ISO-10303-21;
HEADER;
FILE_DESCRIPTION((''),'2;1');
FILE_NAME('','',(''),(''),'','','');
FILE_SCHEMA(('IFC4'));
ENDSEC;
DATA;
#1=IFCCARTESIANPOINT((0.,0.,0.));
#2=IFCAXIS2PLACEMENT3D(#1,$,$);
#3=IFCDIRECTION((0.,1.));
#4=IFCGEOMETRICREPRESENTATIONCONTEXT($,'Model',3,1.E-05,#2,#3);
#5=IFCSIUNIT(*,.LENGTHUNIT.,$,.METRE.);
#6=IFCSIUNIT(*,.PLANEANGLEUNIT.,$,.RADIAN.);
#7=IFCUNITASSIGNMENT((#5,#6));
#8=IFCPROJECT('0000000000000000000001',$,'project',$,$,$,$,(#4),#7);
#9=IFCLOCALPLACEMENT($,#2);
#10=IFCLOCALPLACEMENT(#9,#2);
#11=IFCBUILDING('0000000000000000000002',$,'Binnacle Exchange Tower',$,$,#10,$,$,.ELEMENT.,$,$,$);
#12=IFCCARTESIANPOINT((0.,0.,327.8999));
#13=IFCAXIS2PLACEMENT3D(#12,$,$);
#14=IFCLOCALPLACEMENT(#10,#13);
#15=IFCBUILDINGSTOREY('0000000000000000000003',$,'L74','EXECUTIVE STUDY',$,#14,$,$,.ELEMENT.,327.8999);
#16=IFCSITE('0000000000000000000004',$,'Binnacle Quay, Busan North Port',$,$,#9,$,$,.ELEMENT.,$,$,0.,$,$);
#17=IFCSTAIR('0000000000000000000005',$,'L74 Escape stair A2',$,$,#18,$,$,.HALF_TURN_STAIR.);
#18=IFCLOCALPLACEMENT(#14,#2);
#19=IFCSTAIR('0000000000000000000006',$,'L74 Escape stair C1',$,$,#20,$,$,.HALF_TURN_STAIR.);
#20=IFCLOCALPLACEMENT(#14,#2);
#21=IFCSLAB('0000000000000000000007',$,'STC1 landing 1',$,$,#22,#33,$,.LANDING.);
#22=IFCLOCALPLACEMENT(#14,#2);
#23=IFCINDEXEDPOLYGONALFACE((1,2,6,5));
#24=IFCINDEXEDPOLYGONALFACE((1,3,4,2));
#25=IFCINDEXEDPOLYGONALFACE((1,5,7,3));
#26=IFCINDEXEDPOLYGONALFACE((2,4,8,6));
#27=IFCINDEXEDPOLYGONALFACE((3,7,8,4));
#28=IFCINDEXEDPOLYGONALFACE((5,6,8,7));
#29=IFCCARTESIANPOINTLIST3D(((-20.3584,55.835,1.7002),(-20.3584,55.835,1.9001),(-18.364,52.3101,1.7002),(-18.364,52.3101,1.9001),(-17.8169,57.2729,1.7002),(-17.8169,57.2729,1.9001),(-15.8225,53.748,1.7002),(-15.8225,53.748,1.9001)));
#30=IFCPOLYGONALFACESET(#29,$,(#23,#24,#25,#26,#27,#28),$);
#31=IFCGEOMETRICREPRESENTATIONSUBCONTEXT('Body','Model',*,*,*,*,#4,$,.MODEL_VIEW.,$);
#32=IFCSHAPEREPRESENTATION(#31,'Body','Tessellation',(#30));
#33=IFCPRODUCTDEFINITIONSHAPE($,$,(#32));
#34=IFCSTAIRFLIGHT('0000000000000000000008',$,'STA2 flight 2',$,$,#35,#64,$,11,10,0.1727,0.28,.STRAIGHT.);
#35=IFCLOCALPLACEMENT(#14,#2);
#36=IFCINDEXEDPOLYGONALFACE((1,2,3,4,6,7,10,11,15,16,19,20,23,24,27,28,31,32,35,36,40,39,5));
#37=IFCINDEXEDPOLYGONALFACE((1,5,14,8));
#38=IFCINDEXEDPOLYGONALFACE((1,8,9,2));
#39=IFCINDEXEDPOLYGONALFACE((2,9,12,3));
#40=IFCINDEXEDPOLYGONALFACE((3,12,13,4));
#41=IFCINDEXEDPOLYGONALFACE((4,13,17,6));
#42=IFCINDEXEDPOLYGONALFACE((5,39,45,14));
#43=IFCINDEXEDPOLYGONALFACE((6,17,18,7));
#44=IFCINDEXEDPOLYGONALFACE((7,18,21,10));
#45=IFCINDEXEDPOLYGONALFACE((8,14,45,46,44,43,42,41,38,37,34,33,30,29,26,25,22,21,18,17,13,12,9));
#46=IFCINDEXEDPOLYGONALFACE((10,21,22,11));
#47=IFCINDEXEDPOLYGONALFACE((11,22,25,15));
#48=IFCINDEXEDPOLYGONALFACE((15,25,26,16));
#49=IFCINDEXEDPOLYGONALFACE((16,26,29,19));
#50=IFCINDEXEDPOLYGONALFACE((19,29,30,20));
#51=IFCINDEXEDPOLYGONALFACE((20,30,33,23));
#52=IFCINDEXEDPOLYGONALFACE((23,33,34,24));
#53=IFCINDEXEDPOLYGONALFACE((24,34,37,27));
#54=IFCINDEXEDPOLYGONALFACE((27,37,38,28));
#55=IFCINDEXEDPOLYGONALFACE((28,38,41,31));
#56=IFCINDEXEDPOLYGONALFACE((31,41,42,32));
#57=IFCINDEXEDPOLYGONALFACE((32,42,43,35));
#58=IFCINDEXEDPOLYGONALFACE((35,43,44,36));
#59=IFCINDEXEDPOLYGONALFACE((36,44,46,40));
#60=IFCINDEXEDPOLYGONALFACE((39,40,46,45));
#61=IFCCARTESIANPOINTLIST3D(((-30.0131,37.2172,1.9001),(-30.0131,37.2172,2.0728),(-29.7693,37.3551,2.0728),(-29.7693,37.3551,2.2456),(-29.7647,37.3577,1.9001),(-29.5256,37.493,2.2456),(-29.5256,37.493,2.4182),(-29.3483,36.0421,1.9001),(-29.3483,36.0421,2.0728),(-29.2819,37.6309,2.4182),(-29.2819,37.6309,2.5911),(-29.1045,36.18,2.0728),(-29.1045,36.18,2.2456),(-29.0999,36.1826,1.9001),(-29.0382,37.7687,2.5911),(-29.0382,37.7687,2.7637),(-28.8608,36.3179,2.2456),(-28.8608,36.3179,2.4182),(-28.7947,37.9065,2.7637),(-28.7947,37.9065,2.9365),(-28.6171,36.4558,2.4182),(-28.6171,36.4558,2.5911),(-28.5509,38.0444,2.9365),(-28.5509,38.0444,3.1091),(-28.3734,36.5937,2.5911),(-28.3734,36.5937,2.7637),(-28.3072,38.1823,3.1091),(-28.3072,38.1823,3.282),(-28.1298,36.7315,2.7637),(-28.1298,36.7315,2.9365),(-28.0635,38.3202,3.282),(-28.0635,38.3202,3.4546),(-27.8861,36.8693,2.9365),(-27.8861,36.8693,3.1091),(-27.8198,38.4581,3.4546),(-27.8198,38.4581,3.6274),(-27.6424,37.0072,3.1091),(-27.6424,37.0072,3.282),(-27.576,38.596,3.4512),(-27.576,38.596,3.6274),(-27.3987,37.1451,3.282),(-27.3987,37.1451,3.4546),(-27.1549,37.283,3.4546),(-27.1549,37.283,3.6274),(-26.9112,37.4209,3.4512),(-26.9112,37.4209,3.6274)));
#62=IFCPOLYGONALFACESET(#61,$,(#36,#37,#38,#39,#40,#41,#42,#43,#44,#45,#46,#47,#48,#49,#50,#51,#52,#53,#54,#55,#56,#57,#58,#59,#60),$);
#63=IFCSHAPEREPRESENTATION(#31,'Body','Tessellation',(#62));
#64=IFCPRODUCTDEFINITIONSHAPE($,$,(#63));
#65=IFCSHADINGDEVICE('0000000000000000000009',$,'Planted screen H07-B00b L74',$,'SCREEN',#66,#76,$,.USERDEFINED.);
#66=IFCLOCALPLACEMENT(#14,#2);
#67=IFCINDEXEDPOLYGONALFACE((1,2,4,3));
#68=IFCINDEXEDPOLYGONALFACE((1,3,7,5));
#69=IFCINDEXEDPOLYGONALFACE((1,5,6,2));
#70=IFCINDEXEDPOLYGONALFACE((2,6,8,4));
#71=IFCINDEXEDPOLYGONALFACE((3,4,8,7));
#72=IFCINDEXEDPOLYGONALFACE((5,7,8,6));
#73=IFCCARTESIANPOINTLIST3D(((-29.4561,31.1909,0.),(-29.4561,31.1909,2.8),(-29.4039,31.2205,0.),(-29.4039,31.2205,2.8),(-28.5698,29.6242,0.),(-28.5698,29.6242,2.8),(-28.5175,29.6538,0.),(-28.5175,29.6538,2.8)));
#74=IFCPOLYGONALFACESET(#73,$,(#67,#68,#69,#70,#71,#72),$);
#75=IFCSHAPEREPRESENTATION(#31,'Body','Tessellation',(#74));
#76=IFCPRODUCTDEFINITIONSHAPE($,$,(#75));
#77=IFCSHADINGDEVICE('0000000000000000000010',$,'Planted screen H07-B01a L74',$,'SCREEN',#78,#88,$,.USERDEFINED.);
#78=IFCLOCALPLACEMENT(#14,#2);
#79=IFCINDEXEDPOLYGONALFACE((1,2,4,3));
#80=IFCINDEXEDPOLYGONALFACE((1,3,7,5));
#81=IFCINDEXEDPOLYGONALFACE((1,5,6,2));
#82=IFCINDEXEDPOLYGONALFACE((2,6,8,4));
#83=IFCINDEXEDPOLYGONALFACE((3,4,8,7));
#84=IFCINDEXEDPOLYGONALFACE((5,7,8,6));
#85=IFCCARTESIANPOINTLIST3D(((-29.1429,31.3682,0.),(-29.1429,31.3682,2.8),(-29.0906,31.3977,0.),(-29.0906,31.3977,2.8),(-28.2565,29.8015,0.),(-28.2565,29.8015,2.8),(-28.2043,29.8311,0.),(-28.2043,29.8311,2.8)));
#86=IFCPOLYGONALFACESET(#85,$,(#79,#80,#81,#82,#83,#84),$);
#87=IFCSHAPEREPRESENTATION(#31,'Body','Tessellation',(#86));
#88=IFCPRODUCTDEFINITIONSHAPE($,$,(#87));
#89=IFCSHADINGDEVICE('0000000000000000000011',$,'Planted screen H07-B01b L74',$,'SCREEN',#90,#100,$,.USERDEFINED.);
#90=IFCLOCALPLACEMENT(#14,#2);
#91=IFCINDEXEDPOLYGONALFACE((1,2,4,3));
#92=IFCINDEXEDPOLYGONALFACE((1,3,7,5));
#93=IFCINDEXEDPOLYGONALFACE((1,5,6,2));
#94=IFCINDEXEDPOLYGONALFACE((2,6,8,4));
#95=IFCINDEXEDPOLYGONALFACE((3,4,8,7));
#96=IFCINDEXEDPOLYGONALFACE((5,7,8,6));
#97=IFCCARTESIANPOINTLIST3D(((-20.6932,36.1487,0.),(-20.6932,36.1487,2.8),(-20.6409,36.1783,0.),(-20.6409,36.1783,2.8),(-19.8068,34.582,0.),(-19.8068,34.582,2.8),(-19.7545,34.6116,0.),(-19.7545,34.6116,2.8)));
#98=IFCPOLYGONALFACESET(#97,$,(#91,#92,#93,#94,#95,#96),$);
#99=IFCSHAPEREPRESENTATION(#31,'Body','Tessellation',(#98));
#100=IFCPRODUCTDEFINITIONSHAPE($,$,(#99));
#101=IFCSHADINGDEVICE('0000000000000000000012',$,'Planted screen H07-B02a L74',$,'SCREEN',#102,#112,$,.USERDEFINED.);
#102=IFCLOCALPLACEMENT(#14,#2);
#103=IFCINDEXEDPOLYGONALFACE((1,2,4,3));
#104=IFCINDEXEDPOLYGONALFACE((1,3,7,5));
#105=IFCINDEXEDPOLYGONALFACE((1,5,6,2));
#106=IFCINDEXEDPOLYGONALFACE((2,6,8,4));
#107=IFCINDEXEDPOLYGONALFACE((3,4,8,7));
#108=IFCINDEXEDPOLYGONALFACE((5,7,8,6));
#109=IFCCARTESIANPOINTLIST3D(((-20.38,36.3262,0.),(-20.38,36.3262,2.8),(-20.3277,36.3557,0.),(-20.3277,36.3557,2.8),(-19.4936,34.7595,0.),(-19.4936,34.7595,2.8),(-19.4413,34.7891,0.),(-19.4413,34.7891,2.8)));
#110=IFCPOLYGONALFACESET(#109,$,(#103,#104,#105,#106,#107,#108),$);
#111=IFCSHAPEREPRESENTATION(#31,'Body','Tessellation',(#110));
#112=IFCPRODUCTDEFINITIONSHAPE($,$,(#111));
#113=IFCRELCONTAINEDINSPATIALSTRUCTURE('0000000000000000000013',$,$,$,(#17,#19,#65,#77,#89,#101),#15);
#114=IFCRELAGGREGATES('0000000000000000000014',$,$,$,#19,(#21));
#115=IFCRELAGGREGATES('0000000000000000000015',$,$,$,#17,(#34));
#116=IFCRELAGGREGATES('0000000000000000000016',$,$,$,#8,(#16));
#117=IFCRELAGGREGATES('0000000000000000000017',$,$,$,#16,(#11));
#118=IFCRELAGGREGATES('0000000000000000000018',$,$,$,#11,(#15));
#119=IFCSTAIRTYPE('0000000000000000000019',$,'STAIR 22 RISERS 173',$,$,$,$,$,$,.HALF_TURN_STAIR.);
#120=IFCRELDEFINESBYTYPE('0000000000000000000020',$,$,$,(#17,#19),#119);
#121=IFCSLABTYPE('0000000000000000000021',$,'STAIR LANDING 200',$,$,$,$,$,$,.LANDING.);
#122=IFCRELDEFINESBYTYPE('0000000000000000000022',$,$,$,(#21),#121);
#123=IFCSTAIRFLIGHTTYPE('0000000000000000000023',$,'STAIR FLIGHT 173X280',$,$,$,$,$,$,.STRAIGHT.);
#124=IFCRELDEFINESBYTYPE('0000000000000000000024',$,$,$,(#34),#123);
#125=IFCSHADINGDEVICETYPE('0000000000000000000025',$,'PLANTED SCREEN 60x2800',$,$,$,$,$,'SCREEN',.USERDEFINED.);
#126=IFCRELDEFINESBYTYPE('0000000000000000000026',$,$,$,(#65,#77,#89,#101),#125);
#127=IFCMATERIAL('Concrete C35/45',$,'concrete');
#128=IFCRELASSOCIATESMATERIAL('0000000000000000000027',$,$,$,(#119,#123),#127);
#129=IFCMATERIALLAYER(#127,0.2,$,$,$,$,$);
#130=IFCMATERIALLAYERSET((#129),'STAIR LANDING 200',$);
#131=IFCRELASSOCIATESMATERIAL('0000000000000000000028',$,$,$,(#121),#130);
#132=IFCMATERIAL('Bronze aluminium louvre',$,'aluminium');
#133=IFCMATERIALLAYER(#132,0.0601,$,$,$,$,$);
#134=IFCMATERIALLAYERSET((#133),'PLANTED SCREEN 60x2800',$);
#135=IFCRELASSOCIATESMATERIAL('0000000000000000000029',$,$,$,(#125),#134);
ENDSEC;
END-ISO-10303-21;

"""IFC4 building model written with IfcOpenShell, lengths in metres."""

from ifc_helpers import new_model, si_unit, direction, frame, origin, origin_2d, place, context, subcontext, project, spatial, polyline, rectangle, outline, extrude, material, layer, layer_set, type_object, element, aggregate, save


model = new_model("IFC4")

# Units and contexts
model_context = context("Model", 3, precision=1e-05, world=origin(), true_north=direction((0.0, 1.0)))
body_context = subcontext(model_context, "Body", "Model", "MODEL_VIEW")
ifc_project = project(units=[si_unit("LENGTHUNIT", "METRE"), si_unit("PLANEANGLEUNIT", "RADIAN")], contexts=[model_context])

# Site, building, storey
site_placement = place(None, origin())
site = spatial("IfcSite", under=ifc_project, at=site_placement, Name="Binnacle Quay, Busan North Port", CompositionType="ELEMENT", RefElevation=0.0)
building_placement = place(site_placement, origin())
building = spatial("IfcBuilding", under=site, at=building_placement, Name="Binnacle Exchange Tower", CompositionType="ELEMENT")
storey_placement = place(building_placement, frame((0.0, 0.0, 327.8999)))
storey = spatial("IfcBuildingStorey", under=building, at=storey_placement, Name="L74", Description="EXECUTIVE STUDY", CompositionType="ELEMENT", Elevation=327.8999)

# Shared definitions
ifc_material_1 = material(Name="Concrete C35/45", Category="concrete")

# Stairs, slab
stair_type = type_object("IfcStairType", Name="STAIR 22 RISERS 173", PredefinedType="HALF_TURN_STAIR", material=ifc_material_1)
ifc_layer_1 = layer(ifc_material_1, 0.2)
ifc_layer_set_1 = layer_set([ifc_layer_1], Name="STAIR LANDING 200")
slab_type_1 = type_object("IfcSlabType", Name="STAIR LANDING 200", PredefinedType="LANDING", material=ifc_layer_set_1)
stair_1_placement = place(storey_placement, origin())
stair_1 = element("IfcStair", 1, at=stair_1_placement, inside=storey, type_object=stair_type, Name="L74 Escape stair A2", PredefinedType="HALF_TURN_STAIR")
stair_2_placement = place(storey_placement, origin())
stair_2 = element("IfcStair", 2, at=stair_2_placement, inside=storey, type_object=stair_type, Name="L74 Escape stair C1", PredefinedType="HALF_TURN_STAIR")
slab_1_placement = place(storey_placement, frame((0.0, 0.0, 1.7002)))
slab_1 = element("IfcSlab", 3, at=slab_1_placement, type_object=slab_type_1, Name="STC1 landing 1", PredefinedType="LANDING", context=body_context, shape_type="SweptSolid", body=[
    extrude(outline(polyline([(-18.364, 52.3101), (-15.8225, 53.748), (-17.8169, 57.2729), (-20.3584, 55.835), (-18.364, 52.3101)])), origin(), (0.0, 0.0, 1.0), 0.2),
])
aggregate(stair_2, [slab_1])

# Stair flight
stair_flight_type = type_object("IfcStairFlightType", Name="STAIR FLIGHT 173X280", PredefinedType="STRAIGHT", material=ifc_material_1)
stair_flight_placement = place(storey_placement, frame((-29.6807, 36.6296, 1.9001), z_axis=(0.0, 0.0, 1.0), x_axis=(0.870356, 0.492424, 0.0)))
stair_flight = element("IfcStairFlight", 4, at=stair_flight_placement, type_object=stair_flight_type, Name="STA2 flight 2", NumberOfRisers=11, NumberOfTreads=10, PredefinedType="STRAIGHT", RiserHeight=0.1727, TreadLength=0.28, context=body_context, shape_type="SweptSolid", body=[
    extrude(outline(polyline([(0.0, 0.0), (0.0, 0.1726), (0.28, 0.1726), (0.28, 0.3455), (0.5601, 0.3455), (0.5601, 0.5181), (0.8401, 0.5181), (0.8401, 0.6909), (1.1201, 0.6909), (1.1201, 0.8635), (1.3999, 0.8635), (1.3999, 1.0364), (1.6799, 1.0364), (1.6799, 1.209), (1.96, 1.209), (1.96, 1.3818), (2.24, 1.3818), (2.24, 1.5544), (2.52, 1.5544), (2.52, 1.7273), (2.8, 1.7273), (2.8, 1.8999), (2.8, 1.551), (0.2854, 0.0), (0.0, 0.0)])), frame((0.0, 0.675, 0.0), z_axis=(0.0, -1.0, 0.0), x_axis=(1.0, 0.0, 0.0)), (0.0, 0.0, 1.0), 1.3501),
])
aggregate(stair_1, [stair_flight])

# Shading devices
ifc_material_2 = material(Name="Bronze aluminium louvre", Category="aluminium")
ifc_layer_2 = layer(ifc_material_2, 0.0601)
ifc_layer_set_2 = layer_set([ifc_layer_2], Name="PLANTED SCREEN 60x2800")
shading_device_type = type_object("IfcShadingDeviceType", Name="PLANTED SCREEN 60x2800", ElementType="SCREEN", PredefinedType="USERDEFINED", material=ifc_layer_set_2)
for number, where, z_axis, x_axis, name in (
    (5, (-28.9868, 30.4224, 0.0), (0.0, 0.0, 1.0), (0.870356, 0.492424, 0.0), "Planted screen H07-B00b L74"),
    (6, (-28.6736, 30.5996, 0.0), (0.0, 0.0, 1.0), (0.870356, 0.492424, 0.0), "Planted screen H07-B01a L74"),
    (7, (-20.2239, 35.3801, 0.0), (0.0, 0.0, 1.0), (0.870356, 0.492424, 0.0), "Planted screen H07-B01b L74"),
    (8, (-19.9106, 35.5576, 0.0), (0.0, 0.0, 1.0), (0.870356, 0.492424, 0.0), "Planted screen H07-B02a L74"),
):
    element("IfcShadingDevice", number, at=place(storey_placement, frame(where, z_axis=z_axis, x_axis=x_axis)), inside=storey, type_object=shading_device_type, Name=name, ObjectType="SCREEN", PredefinedType="USERDEFINED", context=body_context, shape_type="SweptSolid", body=[
        extrude(rectangle(XDim=0.0601, YDim=1.8, at=origin_2d()), origin(), (0.0, 0.0, 1.0), 2.8),
    ])

save(model, "model.ifc")
